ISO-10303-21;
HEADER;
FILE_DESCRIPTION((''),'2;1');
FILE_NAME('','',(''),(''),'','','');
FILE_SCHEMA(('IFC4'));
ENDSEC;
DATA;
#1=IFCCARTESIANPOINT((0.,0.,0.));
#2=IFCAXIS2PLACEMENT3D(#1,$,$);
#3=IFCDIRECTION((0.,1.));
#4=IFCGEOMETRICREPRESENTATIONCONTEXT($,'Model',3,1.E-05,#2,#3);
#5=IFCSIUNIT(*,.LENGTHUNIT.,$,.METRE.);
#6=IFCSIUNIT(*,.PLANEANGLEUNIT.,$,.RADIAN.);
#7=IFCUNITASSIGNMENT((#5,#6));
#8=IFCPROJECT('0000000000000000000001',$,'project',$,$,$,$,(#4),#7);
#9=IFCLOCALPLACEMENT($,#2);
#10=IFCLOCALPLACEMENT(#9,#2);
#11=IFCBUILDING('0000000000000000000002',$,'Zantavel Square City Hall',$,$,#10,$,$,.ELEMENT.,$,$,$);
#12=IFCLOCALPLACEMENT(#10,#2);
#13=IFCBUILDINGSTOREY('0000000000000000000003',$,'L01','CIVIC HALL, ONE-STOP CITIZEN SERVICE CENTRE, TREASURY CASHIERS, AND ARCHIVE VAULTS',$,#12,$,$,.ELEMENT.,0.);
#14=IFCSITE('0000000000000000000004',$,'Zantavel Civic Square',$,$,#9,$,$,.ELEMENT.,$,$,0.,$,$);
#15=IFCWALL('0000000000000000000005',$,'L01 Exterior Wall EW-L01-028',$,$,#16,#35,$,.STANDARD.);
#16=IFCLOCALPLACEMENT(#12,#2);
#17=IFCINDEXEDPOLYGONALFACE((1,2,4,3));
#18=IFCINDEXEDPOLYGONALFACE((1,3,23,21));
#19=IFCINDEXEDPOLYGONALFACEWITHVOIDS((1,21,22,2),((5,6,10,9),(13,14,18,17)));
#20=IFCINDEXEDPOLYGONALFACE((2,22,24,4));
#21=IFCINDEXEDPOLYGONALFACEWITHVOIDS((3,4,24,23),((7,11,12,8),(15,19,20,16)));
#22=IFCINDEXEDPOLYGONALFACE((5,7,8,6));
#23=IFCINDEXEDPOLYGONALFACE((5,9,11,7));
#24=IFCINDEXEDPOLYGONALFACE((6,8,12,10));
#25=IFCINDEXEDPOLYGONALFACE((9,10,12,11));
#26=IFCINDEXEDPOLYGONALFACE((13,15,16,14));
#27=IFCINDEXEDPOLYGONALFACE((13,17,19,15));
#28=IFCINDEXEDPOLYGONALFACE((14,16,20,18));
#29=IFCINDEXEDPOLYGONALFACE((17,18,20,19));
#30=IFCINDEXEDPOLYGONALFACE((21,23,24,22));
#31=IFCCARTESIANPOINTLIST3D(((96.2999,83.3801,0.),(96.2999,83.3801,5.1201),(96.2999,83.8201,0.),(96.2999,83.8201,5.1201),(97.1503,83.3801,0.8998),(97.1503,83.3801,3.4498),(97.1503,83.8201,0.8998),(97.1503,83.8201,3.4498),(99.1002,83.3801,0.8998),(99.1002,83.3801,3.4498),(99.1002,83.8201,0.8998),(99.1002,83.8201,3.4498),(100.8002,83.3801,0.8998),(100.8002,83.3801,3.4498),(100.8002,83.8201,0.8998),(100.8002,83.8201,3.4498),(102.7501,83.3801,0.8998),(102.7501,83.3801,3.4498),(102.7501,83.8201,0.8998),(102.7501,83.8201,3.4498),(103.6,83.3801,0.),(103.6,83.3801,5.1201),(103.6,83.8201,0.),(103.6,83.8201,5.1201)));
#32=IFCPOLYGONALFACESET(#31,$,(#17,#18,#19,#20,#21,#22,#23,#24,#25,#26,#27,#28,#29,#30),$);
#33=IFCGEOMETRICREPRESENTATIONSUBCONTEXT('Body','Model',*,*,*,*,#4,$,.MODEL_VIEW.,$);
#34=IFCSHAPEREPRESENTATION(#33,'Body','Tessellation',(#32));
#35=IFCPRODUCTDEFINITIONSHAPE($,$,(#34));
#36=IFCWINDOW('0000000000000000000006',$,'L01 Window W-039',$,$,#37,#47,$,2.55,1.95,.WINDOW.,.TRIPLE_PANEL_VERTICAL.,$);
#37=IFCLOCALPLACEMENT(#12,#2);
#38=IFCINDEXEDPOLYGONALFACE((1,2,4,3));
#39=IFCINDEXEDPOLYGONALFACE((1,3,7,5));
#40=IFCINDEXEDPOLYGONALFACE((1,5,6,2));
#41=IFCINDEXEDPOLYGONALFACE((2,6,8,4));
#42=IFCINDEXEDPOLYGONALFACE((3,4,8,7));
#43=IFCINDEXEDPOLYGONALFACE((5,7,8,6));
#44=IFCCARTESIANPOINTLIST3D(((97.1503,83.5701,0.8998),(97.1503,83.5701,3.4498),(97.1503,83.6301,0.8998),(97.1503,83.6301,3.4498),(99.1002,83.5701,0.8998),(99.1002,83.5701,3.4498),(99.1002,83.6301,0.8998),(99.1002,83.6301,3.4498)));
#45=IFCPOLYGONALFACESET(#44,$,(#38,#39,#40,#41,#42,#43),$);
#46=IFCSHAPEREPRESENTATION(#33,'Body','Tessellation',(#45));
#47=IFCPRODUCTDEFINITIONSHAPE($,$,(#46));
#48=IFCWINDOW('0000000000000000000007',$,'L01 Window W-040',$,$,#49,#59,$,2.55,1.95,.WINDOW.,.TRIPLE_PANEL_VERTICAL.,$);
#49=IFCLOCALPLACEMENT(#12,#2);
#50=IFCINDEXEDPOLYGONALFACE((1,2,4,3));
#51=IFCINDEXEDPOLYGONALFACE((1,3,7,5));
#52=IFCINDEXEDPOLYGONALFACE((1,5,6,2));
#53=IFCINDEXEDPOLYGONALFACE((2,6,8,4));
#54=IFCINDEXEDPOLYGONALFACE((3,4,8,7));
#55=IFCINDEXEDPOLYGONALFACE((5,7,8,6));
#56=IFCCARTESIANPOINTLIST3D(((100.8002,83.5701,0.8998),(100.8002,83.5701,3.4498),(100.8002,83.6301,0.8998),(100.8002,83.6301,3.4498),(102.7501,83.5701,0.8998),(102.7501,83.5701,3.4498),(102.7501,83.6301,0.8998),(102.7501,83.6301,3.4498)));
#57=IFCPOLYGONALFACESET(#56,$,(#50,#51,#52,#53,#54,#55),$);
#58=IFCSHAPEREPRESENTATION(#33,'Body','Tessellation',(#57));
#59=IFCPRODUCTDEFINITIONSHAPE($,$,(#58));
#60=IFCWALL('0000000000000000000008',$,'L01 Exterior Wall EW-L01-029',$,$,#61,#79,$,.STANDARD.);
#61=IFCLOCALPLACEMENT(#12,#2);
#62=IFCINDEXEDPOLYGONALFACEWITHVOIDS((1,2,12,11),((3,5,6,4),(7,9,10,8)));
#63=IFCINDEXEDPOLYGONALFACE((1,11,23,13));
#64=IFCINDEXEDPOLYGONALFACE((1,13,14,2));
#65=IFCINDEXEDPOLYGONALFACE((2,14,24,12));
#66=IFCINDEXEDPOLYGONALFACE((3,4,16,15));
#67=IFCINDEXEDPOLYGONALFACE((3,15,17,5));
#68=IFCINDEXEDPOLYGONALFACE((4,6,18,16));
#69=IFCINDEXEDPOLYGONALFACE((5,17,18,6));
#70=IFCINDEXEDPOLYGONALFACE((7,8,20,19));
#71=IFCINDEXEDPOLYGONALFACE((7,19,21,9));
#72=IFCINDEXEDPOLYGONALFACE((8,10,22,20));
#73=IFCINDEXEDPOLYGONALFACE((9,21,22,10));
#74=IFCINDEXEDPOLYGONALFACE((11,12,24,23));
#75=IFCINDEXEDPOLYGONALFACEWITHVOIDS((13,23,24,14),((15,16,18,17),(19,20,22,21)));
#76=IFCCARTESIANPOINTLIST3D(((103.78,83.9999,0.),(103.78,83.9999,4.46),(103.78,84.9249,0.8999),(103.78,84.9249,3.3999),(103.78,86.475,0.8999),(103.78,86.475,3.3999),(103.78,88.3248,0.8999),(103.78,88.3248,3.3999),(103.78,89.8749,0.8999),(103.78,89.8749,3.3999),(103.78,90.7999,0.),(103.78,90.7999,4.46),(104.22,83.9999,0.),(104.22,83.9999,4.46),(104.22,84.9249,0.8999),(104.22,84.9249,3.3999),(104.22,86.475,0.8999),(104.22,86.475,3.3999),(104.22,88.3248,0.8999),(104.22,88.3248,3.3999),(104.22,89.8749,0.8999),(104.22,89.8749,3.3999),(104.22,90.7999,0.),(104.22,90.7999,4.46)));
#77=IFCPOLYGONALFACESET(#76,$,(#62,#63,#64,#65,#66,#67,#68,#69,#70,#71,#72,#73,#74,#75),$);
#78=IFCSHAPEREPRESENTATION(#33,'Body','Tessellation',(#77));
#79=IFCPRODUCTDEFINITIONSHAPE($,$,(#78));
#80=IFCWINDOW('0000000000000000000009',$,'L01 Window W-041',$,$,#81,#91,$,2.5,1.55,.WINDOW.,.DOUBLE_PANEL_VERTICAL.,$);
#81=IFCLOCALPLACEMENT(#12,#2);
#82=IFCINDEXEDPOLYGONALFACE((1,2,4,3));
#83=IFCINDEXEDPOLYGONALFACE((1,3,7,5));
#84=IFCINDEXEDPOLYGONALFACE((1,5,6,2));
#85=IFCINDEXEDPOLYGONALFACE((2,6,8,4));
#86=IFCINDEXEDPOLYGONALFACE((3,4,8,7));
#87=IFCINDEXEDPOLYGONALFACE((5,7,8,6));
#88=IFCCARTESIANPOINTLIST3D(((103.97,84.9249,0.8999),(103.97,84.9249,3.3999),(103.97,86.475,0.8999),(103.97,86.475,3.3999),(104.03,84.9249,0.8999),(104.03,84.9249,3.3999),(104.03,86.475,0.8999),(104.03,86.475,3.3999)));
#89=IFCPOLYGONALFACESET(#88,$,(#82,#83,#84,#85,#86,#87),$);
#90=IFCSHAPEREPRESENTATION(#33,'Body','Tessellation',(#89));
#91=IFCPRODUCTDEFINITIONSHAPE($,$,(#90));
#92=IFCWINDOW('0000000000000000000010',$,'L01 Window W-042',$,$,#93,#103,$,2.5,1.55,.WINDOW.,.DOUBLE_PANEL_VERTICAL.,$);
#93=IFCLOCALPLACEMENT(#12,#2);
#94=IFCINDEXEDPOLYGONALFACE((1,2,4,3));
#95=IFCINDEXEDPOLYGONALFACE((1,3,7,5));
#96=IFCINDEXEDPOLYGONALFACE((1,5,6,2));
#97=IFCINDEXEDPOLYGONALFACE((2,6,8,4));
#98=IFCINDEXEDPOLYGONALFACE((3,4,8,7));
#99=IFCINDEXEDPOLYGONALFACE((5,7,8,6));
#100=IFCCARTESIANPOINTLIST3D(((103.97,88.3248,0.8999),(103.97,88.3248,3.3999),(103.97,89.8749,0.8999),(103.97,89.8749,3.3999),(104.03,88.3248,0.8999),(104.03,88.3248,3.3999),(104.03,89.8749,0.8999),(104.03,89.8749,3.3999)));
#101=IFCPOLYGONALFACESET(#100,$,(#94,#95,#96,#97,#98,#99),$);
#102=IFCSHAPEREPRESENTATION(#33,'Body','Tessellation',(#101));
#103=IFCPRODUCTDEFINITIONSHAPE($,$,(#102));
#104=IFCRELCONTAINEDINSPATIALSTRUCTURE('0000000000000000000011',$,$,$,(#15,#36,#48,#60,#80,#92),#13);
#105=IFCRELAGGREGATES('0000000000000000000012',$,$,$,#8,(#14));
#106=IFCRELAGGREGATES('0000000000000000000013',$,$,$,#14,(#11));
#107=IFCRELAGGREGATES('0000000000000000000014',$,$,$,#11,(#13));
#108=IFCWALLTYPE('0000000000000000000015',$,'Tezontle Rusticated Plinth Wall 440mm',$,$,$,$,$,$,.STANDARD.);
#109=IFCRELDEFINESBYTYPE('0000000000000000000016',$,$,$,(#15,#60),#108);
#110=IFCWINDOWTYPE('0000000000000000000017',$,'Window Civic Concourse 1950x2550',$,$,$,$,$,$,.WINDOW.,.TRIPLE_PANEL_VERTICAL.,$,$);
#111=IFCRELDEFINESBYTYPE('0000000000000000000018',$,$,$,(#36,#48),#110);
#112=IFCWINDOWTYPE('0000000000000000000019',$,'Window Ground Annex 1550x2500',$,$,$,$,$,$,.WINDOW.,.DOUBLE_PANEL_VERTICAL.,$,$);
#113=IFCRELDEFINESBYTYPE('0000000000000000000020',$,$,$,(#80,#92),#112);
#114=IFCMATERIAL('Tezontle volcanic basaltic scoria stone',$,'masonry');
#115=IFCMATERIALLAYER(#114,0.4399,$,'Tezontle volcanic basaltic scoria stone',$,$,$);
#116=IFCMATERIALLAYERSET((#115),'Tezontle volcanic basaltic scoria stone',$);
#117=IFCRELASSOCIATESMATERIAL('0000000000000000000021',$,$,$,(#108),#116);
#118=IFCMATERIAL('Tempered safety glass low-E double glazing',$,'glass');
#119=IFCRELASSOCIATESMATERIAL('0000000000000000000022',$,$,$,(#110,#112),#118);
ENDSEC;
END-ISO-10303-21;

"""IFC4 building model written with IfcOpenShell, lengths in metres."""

from ifc_helpers import new_model, si_unit, direction, frame, frame_2d, origin, place, context, subcontext, project, spatial, rectangle, extrude, material, layer, layer_set, type_object, element, fill, save


model = new_model("IFC4")

# Units and contexts
model_context = context("Model", 3, precision=1e-05, world=origin(), true_north=direction((0.0, 1.0)))
body_context = subcontext(model_context, "Body", "Model", "MODEL_VIEW")
ifc_project = project(units=[si_unit("LENGTHUNIT", "METRE"), si_unit("PLANEANGLEUNIT", "RADIAN")], contexts=[model_context])

# Site, building, storey
site_placement = place(None, origin())
site = spatial("IfcSite", under=ifc_project, at=site_placement, Name="Zantavel Civic Square", CompositionType="ELEMENT", RefElevation=0.0)
building_placement = place(site_placement, origin())
building = spatial("IfcBuilding", under=site, at=building_placement, Name="Zantavel Square City Hall", CompositionType="ELEMENT")
storey_placement = place(building_placement, origin())
storey = spatial("IfcBuildingStorey", under=building, at=storey_placement, Name="L01", Description="CIVIC HALL, ONE-STOP CITIZEN SERVICE CENTRE, TREASURY CASHIERS, AND ARCHIVE VAULTS", CompositionType="ELEMENT", Elevation=0.0)

# Shared definitions
ifc_material_1 = material(Name="Tezontle volcanic basaltic scoria stone", Category="masonry")
ifc_layer_1 = layer(ifc_material_1, 0.4399, Name="Tezontle volcanic basaltic scoria stone")
ifc_layer_set_1 = layer_set([ifc_layer_1], Name="Tezontle volcanic basaltic scoria stone")
wall_type_1 = type_object("IfcWallType", Name="Tezontle Rusticated Plinth Wall 440mm", PredefinedType="STANDARD", material=ifc_layer_set_1)
ifc_material_2 = material(Name="Tempered safety glass low-E double glazing", Category="glass")
window_type_1 = type_object("IfcWindowType", Name="Window Civic Concourse 1950x2550", PartitioningType="TRIPLE_PANEL_VERTICAL", PredefinedType="WINDOW", material=ifc_material_2)

# Walls, openings, windows
wall_1_placement = place(storey_placement, frame((96.3, 83.6001, 0.0), z_axis=(0.0, 0.0, 1.0), x_axis=(1.0, 0.0, 0.0)))
wall_1 = element("IfcWall", 1, at=wall_1_placement, inside=storey, type_object=wall_type_1, Name="L01 Exterior Wall EW-L01-028", PredefinedType="STANDARD", context=body_context, shape_type="SweptSolid", body=[
    extrude(rectangle(XDim=7.3, YDim=0.4399, at=frame_2d((3.6499, 0.0))), origin(), (0.0, 0.0, 1.0), 5.1201),
])
opening_1_placement = place(wall_1_placement, frame((0.8501, 0.0, 0.8999)))
opening_1 = element("IfcOpeningElement", 2, at=opening_1_placement, cuts=wall_1, PredefinedType="OPENING", context=body_context, shape_type="SweptSolid", body=[
    extrude(rectangle(XDim=1.95, YDim=2.55, at=frame_2d((0.9751, 1.2749))), frame((0.0, 0.23, 0.0), z_axis=(0.0, -1.0, 0.0), x_axis=(1.0, 0.0, 0.0)), (0.0, 0.0, 1.0), 0.46),
])
opening_2_placement = place(wall_1_placement, frame((4.5, 0.0, 0.8999)))
opening_2 = element("IfcOpeningElement", 3, at=opening_2_placement, cuts=wall_1, PredefinedType="OPENING", context=body_context, shape_type="SweptSolid", body=[
    extrude(rectangle(XDim=1.95, YDim=2.55, at=frame_2d((0.9751, 1.2749))), frame((0.0, 0.23, 0.0), z_axis=(0.0, -1.0, 0.0), x_axis=(1.0, 0.0, 0.0)), (0.0, 0.0, 1.0), 0.46),
])
window_1_placement = place(opening_1_placement, origin())
window_1 = element("IfcWindow", 4, at=window_1_placement, inside=storey, type_object=window_type_1, Name="L01 Window W-039", OverallHeight=2.55, OverallWidth=1.95, PartitioningType="TRIPLE_PANEL_VERTICAL", PredefinedType="WINDOW", context=body_context, shape_type="SweptSolid", body=[
    extrude(rectangle(XDim=1.95, YDim=2.55, at=frame_2d((0.9751, 1.2749))), frame((0.0, 0.03, 0.0), z_axis=(0.0, -1.0, 0.0), x_axis=(1.0, 0.0, 0.0)), (0.0, 0.0, 1.0), 0.0601),
])
fill(opening_1, window_1)
window_2_placement = place(opening_2_placement, origin())
window_2 = element("IfcWindow", 5, at=window_2_placement, inside=storey, type_object=window_type_1, Name="L01 Window W-040", OverallHeight=2.55, OverallWidth=1.95, PartitioningType="TRIPLE_PANEL_VERTICAL", PredefinedType="WINDOW", context=body_context, shape_type="SweptSolid", body=[
    extrude(rectangle(XDim=1.95, YDim=2.55, at=frame_2d((0.9751, 1.2749))), frame((0.0, 0.03, 0.0), z_axis=(0.0, -1.0, 0.0), x_axis=(1.0, 0.0, 0.0)), (0.0, 0.0, 1.0), 0.0601),
])
fill(opening_2, window_2)
wall_2_placement = place(storey_placement, frame((104.0, 84.0, 0.0), z_axis=(0.0, 0.0, 1.0), x_axis=(0.0, 1.0, 0.0)))
wall_2 = element("IfcWall", 6, at=wall_2_placement, inside=storey, type_object=wall_type_1, Name="L01 Exterior Wall EW-L01-029", PredefinedType="STANDARD", context=body_context, shape_type="SweptSolid", body=[
    extrude(rectangle(XDim=6.8, YDim=0.4399, at=frame_2d((3.3999, 0.0))), origin(), (0.0, 0.0, 1.0), 4.46),
])
opening_3_placement = place(wall_2_placement, frame((0.925, 0.0, 0.8999)))
opening_3 = element("IfcOpeningElement", 7, at=opening_3_placement, cuts=wall_2, PredefinedType="OPENING", context=body_context, shape_type="SweptSolid", body=[
    extrude(rectangle(XDim=1.55, YDim=2.5, at=frame_2d((0.7749, 1.25))), frame((0.0, 0.23, 0.0), z_axis=(0.0, -1.0, 0.0), x_axis=(1.0, 0.0, 0.0)), (0.0, 0.0, 1.0), 0.46),
])
opening_4_placement = place(wall_2_placement, frame((4.325, 0.0, 0.8999)))
opening_4 = element("IfcOpeningElement", 8, at=opening_4_placement, cuts=wall_2, PredefinedType="OPENING", context=body_context, shape_type="SweptSolid", body=[
    extrude(rectangle(XDim=1.55, YDim=2.5, at=frame_2d((0.7749, 1.25))), frame((0.0, 0.23, 0.0), z_axis=(0.0, -1.0, 0.0), x_axis=(1.0, 0.0, 0.0)), (0.0, 0.0, 1.0), 0.46),
])
window_type_2 = type_object("IfcWindowType", Name="Window Ground Annex 1550x2500", PartitioningType="DOUBLE_PANEL_VERTICAL", PredefinedType="WINDOW", material=ifc_material_2)
window_3_placement = place(opening_3_placement, origin())
window_3 = element("IfcWindow", 9, at=window_3_placement, inside=storey, type_object=window_type_2, Name="L01 Window W-041", OverallHeight=2.5, OverallWidth=1.55, PartitioningType="DOUBLE_PANEL_VERTICAL", PredefinedType="WINDOW", context=body_context, shape_type="SweptSolid", body=[
    extrude(rectangle(XDim=1.55, YDim=2.5, at=frame_2d((0.7749, 1.25))), frame((0.0, 0.03, 0.0), z_axis=(0.0, -1.0, 0.0), x_axis=(1.0, 0.0, 0.0)), (0.0, 0.0, 1.0), 0.0601),
])
fill(opening_3, window_3)
window_4_placement = place(opening_4_placement, origin())
window_4 = element("IfcWindow", 10, at=window_4_placement, inside=storey, type_object=window_type_2, Name="L01 Window W-042", OverallHeight=2.5, OverallWidth=1.55, PartitioningType="DOUBLE_PANEL_VERTICAL", PredefinedType="WINDOW", context=body_context, shape_type="SweptSolid", body=[
    extrude(rectangle(XDim=1.55, YDim=2.5, at=frame_2d((0.7749, 1.25))), frame((0.0, 0.03, 0.0), z_axis=(0.0, -1.0, 0.0), x_axis=(1.0, 0.0, 0.0)), (0.0, 0.0, 1.0), 0.0601),
])
fill(opening_4, window_4)

save(model, "model.ifc")
